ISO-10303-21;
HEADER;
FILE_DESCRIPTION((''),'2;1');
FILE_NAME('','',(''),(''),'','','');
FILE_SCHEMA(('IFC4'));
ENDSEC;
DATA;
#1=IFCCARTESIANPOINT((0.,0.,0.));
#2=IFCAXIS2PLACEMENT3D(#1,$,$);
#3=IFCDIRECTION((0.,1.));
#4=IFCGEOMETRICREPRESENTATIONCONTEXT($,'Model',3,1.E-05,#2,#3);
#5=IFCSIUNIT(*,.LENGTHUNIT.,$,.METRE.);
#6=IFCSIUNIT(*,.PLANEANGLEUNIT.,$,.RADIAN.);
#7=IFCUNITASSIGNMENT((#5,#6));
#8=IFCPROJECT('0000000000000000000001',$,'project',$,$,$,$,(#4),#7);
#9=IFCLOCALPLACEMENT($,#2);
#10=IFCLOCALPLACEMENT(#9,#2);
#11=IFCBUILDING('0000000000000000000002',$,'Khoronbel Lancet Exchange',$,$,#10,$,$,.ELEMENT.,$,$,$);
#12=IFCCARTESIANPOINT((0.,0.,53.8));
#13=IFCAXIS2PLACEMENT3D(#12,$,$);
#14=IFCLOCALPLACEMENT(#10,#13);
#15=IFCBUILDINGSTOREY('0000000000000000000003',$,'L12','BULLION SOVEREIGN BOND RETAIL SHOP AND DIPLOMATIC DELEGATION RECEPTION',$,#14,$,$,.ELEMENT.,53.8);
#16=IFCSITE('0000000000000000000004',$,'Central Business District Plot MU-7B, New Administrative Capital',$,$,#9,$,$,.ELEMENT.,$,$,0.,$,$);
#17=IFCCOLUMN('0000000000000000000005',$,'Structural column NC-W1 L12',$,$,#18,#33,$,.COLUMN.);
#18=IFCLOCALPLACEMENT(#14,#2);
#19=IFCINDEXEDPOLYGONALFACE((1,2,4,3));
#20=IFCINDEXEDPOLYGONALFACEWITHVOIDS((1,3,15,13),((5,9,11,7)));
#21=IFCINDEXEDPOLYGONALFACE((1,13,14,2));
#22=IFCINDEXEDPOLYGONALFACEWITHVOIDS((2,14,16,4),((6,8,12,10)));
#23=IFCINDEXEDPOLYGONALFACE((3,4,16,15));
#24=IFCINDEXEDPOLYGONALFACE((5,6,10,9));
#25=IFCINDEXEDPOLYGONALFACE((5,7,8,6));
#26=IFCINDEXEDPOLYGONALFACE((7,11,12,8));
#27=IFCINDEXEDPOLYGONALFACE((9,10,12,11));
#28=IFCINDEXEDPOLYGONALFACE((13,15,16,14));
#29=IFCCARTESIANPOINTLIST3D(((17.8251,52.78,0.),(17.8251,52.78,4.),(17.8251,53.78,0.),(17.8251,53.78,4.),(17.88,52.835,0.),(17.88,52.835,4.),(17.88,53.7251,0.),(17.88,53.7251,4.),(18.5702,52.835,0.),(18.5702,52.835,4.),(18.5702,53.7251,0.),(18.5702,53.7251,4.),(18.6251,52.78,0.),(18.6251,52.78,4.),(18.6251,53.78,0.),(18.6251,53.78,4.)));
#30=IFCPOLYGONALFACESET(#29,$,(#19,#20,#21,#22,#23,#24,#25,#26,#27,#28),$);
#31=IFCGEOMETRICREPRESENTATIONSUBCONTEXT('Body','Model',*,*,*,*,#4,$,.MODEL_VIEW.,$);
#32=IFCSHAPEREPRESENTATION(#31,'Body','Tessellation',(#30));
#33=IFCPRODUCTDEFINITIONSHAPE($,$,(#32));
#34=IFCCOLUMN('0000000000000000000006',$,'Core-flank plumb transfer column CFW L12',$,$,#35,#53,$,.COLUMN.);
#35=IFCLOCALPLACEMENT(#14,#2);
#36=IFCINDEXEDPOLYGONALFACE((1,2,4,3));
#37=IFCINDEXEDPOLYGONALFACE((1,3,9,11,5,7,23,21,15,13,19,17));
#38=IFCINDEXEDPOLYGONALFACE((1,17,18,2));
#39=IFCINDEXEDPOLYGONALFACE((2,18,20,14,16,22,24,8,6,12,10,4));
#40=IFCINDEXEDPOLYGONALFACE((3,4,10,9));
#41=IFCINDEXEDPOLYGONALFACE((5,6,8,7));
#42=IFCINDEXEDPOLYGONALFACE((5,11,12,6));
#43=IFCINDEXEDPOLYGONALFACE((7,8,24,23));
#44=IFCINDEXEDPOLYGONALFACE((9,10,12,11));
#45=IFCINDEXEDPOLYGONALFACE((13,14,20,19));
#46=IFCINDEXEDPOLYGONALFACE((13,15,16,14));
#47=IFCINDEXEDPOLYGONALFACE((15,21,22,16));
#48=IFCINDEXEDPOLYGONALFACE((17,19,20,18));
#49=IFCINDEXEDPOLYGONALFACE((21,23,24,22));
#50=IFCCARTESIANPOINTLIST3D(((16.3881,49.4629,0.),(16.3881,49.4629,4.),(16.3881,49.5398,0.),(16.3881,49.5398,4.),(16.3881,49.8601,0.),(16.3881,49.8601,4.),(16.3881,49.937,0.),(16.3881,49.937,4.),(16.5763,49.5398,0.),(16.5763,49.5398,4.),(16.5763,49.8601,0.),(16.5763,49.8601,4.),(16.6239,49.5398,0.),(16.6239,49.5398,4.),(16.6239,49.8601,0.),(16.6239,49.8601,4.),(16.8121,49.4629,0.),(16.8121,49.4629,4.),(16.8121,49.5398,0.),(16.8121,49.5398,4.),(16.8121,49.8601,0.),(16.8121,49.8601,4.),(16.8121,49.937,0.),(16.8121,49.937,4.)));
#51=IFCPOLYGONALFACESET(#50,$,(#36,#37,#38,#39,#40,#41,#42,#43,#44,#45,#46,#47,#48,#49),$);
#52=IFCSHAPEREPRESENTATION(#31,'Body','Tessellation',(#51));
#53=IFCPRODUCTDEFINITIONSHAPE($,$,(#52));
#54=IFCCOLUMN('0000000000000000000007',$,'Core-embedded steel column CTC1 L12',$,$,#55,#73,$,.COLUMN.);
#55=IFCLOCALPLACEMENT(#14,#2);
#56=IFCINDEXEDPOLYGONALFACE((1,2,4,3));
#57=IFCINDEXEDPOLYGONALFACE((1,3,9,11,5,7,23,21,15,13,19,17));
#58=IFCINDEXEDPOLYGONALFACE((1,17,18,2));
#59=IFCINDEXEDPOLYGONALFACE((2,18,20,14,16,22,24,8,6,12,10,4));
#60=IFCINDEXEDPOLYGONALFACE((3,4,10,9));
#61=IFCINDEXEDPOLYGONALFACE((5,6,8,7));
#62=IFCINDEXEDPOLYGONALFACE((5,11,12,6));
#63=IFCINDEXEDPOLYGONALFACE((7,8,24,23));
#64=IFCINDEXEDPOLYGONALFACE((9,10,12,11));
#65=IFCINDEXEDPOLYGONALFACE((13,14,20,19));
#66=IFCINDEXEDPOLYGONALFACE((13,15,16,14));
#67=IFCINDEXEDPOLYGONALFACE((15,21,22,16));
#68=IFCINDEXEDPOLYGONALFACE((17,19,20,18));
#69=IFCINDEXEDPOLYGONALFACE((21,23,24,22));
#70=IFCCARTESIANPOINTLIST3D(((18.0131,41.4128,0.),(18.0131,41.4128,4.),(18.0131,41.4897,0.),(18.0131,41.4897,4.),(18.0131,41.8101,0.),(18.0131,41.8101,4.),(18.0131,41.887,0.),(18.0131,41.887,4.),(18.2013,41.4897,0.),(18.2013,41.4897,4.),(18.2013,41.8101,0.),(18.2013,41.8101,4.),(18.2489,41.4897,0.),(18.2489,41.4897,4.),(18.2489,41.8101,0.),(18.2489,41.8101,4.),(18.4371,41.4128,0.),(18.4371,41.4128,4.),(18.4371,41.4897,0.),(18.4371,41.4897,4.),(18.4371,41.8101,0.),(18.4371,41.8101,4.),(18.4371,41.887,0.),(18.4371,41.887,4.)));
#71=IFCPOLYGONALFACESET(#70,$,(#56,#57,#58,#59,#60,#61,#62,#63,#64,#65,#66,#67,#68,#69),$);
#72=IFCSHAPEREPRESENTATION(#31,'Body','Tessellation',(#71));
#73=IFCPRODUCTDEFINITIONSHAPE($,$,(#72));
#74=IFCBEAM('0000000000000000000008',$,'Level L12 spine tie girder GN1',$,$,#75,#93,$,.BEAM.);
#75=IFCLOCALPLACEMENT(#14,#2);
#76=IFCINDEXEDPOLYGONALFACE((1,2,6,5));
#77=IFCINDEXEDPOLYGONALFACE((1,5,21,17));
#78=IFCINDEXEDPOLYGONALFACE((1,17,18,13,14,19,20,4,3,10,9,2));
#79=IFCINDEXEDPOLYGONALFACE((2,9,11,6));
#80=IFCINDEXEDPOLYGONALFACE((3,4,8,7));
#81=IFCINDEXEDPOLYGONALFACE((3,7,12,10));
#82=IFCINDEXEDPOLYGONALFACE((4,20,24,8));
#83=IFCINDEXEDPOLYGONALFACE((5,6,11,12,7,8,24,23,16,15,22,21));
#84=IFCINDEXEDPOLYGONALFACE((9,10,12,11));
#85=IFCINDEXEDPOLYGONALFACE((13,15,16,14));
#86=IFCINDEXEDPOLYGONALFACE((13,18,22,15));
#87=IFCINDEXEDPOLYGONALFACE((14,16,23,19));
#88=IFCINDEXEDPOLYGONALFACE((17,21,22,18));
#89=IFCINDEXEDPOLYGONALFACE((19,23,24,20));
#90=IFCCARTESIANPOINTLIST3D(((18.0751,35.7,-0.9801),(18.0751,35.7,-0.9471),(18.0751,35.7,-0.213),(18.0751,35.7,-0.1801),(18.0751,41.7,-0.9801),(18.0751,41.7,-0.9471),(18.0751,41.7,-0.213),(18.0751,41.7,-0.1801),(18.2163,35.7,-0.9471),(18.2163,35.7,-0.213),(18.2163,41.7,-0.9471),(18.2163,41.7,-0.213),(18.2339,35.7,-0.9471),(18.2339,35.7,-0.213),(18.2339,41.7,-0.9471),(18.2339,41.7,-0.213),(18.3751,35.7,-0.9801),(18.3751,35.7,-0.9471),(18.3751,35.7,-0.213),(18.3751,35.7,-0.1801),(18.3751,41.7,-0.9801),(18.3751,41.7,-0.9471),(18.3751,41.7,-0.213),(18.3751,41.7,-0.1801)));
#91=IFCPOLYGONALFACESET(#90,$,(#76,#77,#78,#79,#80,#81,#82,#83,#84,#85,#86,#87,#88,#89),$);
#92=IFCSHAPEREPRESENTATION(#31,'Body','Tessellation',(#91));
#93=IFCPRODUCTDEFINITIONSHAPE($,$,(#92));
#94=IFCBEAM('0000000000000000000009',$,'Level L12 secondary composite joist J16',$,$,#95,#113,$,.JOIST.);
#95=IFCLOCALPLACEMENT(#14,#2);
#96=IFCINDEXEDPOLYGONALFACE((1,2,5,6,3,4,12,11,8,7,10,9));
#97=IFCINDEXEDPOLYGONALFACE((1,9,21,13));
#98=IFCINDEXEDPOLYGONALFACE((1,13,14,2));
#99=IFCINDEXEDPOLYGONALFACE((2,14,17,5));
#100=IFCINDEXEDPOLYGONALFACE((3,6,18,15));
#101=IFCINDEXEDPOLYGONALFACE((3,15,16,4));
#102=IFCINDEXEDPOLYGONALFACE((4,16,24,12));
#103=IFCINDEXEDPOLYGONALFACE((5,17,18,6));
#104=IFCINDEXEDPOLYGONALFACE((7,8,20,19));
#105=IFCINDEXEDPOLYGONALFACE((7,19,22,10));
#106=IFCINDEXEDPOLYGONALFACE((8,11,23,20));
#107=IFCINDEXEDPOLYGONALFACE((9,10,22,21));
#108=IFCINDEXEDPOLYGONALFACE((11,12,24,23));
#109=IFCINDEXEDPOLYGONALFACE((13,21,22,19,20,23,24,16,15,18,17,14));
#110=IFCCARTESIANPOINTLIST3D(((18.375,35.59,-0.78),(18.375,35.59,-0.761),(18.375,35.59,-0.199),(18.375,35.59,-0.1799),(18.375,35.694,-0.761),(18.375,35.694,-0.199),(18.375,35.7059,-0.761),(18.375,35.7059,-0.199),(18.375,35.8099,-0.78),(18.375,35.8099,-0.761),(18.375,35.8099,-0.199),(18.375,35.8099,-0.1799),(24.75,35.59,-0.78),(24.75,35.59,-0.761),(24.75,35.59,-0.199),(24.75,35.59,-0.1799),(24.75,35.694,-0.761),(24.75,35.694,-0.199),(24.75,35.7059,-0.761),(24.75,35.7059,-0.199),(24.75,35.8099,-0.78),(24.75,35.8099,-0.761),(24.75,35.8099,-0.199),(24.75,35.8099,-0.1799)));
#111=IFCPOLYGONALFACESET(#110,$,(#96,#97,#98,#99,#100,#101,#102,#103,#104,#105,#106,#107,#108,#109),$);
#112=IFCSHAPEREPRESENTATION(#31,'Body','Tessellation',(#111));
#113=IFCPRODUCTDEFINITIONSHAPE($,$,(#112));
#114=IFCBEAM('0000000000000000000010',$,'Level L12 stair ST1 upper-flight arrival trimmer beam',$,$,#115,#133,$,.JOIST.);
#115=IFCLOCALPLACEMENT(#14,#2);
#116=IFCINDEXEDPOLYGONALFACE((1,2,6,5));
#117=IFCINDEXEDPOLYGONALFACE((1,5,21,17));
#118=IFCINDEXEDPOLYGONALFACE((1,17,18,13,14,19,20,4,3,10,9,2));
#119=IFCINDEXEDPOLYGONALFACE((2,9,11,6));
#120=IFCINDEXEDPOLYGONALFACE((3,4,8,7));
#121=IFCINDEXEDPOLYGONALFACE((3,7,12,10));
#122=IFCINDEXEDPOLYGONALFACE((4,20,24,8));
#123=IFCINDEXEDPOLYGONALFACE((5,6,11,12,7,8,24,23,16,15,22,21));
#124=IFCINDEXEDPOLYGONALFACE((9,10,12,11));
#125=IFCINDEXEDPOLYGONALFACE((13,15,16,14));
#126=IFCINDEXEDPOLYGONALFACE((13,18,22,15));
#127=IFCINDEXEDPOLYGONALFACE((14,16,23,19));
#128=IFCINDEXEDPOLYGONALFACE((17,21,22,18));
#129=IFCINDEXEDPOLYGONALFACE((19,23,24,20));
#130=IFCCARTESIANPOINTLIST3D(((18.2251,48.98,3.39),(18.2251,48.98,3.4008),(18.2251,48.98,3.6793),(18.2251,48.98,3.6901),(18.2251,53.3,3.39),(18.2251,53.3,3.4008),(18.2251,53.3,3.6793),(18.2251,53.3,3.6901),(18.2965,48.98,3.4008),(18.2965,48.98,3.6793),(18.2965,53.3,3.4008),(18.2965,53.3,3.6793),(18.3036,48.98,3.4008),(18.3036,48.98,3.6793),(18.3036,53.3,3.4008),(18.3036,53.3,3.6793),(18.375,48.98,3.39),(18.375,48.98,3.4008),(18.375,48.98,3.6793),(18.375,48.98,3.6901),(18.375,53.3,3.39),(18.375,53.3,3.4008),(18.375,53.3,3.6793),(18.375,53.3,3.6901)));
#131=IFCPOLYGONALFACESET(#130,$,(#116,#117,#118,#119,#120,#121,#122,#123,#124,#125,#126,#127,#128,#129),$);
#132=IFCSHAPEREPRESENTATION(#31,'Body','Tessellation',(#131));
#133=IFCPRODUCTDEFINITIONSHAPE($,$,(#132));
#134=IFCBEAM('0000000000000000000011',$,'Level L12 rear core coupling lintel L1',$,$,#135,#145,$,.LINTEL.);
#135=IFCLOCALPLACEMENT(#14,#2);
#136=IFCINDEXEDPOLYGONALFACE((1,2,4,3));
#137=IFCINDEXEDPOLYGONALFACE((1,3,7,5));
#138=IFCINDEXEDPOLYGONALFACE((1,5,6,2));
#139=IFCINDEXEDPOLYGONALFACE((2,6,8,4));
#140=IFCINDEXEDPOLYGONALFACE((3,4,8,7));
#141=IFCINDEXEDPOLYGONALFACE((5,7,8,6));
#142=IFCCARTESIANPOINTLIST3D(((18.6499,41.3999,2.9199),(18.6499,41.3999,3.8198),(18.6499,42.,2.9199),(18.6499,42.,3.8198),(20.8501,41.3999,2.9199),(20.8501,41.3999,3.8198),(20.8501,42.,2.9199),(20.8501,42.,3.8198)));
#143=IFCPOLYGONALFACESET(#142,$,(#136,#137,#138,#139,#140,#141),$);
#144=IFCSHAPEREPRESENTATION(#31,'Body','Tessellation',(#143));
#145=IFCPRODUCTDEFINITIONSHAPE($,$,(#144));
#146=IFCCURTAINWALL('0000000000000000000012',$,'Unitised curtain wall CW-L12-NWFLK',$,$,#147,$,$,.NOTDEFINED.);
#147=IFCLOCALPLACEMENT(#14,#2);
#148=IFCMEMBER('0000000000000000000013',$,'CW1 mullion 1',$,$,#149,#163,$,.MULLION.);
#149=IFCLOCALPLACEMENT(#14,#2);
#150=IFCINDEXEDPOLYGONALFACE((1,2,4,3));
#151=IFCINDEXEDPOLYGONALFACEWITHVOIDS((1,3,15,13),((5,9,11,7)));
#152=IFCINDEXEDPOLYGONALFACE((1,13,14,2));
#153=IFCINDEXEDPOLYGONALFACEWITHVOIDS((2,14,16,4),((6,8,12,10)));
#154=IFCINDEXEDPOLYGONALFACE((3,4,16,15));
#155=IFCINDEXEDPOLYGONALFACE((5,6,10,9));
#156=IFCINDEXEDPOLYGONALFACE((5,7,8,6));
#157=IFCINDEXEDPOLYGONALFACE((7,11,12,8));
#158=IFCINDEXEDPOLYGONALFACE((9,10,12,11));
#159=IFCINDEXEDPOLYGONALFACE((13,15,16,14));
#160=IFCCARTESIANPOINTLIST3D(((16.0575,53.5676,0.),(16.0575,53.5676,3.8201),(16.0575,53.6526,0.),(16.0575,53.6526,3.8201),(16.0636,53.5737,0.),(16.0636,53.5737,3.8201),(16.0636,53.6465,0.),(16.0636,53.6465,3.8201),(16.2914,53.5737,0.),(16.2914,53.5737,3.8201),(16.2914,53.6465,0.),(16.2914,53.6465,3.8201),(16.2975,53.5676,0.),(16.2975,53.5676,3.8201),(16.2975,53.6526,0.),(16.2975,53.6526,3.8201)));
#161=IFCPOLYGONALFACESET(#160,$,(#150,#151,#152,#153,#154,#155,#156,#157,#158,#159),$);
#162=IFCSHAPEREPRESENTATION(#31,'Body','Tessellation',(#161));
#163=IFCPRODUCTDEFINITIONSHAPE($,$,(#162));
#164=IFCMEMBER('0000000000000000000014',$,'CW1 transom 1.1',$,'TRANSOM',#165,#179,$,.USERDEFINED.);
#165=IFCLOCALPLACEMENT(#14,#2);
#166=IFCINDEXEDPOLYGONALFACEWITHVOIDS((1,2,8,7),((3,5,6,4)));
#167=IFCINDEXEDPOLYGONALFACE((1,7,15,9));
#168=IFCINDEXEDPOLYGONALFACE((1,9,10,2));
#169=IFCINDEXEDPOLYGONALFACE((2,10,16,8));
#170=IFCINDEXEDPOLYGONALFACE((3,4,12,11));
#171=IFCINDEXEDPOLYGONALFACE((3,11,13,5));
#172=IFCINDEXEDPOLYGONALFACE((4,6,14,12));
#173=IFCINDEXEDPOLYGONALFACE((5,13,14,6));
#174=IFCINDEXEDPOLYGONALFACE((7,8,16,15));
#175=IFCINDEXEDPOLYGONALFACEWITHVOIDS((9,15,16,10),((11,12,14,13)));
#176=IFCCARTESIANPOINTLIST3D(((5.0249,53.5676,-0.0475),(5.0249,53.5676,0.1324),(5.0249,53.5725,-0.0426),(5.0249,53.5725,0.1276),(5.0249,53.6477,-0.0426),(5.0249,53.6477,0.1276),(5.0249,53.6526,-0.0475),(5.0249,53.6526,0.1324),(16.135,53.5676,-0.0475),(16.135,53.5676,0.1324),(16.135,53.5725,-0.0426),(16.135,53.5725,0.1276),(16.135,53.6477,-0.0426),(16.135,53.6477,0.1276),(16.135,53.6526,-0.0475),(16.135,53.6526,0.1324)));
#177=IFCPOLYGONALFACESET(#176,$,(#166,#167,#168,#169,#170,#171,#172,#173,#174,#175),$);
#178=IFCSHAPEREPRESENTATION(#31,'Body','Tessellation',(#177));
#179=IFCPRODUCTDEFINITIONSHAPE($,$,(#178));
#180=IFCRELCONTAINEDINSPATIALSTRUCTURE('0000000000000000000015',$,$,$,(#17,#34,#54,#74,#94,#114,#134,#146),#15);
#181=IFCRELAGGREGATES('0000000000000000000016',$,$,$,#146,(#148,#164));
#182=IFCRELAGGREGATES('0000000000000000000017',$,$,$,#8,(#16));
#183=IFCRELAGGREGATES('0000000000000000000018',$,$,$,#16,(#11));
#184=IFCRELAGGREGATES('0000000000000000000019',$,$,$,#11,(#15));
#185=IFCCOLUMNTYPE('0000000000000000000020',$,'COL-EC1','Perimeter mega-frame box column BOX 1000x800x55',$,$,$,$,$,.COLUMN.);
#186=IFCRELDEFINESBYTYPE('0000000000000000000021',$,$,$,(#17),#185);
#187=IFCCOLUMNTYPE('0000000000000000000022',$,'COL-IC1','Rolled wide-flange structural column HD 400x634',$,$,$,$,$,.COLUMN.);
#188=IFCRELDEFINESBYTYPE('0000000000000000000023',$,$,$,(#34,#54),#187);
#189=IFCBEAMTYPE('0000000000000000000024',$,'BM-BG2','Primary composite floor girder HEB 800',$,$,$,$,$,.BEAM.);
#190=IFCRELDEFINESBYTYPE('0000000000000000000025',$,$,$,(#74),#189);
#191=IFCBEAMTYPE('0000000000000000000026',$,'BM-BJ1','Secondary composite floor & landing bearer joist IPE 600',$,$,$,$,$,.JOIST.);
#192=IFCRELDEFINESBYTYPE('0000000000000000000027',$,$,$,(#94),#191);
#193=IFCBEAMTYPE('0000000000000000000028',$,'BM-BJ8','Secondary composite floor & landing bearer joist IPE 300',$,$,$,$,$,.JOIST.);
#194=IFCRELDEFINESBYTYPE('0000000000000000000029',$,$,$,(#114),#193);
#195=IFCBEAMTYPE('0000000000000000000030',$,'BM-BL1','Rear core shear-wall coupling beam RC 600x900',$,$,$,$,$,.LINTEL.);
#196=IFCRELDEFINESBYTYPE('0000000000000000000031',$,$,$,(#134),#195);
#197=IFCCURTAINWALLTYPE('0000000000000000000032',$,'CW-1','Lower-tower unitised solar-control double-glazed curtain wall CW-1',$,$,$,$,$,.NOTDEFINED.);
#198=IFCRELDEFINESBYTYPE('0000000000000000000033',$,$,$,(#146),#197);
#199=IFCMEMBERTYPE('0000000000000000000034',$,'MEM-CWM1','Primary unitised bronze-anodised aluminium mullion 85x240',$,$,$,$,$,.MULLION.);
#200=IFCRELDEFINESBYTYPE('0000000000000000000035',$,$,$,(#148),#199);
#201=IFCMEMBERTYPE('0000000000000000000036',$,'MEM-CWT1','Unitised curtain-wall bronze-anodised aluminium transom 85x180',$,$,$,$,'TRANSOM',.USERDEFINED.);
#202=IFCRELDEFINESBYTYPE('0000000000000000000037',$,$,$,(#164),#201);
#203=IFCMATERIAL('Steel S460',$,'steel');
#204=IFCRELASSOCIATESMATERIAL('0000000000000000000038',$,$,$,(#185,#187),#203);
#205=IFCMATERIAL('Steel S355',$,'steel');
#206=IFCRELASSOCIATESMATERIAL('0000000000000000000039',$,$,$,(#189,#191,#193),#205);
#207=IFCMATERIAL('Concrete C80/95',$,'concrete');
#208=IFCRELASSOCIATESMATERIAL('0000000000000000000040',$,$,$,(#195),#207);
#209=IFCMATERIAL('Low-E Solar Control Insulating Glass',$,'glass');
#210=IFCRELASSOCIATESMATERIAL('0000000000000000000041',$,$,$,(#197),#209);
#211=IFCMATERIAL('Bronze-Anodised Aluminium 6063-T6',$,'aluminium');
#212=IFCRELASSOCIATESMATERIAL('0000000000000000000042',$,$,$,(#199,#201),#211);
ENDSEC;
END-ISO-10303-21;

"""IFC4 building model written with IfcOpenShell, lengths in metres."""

from ifc_helpers import new_model, si_unit, direction, frame, origin, origin_2d, place, context, subcontext, project, spatial, rectangle, hollow_rectangle, i_section, extrude, material, material_profile, profile_set, type_object, element, aggregate, save


model = new_model("IFC4")

# Units and contexts
model_context = context("Model", 3, precision=1e-05, world=origin(), true_north=direction((0.0, 1.0)))
body_context = subcontext(model_context, "Body", "Model", "MODEL_VIEW")
ifc_project = project(units=[si_unit("LENGTHUNIT", "METRE"), si_unit("PLANEANGLEUNIT", "RADIAN")], contexts=[model_context])

# Site, building, storey
site_placement = place(None, origin())
site = spatial("IfcSite", under=ifc_project, at=site_placement, Name="Central Business District Plot MU-7B, New Administrative Capital", CompositionType="ELEMENT", RefElevation=0.0)
building_placement = place(site_placement, origin())
building = spatial("IfcBuilding", under=site, at=building_placement, Name="Khoronbel Lancet Exchange", CompositionType="ELEMENT")
storey_placement = place(building_placement, frame((0.0, 0.0, 53.8)))
storey = spatial("IfcBuildingStorey", under=building, at=storey_placement, Name="L12", Description="BULLION SOVEREIGN BOND RETAIL SHOP AND DIPLOMATIC DELEGATION RECEPTION", CompositionType="ELEMENT", Elevation=53.8)

# Columns
ifc_material_1 = material(Name="Steel S460", Category="steel")
ifc_material_profile_1 = material_profile(ifc_material_1, hollow_rectangle(XDim=0.8, YDim=1.0, WallThickness=0.0549, at=origin_2d()), Name="BOX 1000x800x55")
ifc_profile_set_1 = profile_set([ifc_material_profile_1], Name="Steel S460")
column_type_1 = type_object("IfcColumnType", Name="COL-EC1", Description="Perimeter mega-frame box column BOX 1000x800x55", PredefinedType="COLUMN", material=ifc_profile_set_1)
column_placement = place(storey_placement, frame((18.2251, 53.28, 0.0), z_axis=(0.0, 0.0, 1.0), x_axis=(1.0, 0.0, 0.0)))
element("IfcColumn", 1, at=column_placement, inside=storey, type_object=column_type_1, Name="Structural column NC-W1 L12", PredefinedType="COLUMN", context=body_context, shape_type="SweptSolid", body=[
    extrude(hollow_rectangle(XDim=0.8, YDim=1.0, WallThickness=0.0549, at=origin_2d()), origin(), (0.0, 0.0, 1.0), 4.0),
])
ifc_material_profile_2 = material_profile(ifc_material_1, i_section(OverallWidth=0.4241, OverallDepth=0.4741, WebThickness=0.0476, FlangeThickness=0.0769, at=origin_2d()), Name="HD 400x634")
ifc_profile_set_2 = profile_set([ifc_material_profile_2], Name="Steel S460")
column_type_2 = type_object("IfcColumnType", Name="COL-IC1", Description="Rolled wide-flange structural column HD 400x634", PredefinedType="COLUMN", material=ifc_profile_set_2)
for number, where, z_axis, x_axis, name in (
    (2, (16.6001, 49.7, 0.0), (0.0, 0.0, 1.0), (1.0, 0.0, 0.0), "Core-flank plumb transfer column CFW L12"),
    (3, (18.2251, 41.6499, 0.0), (0.0, 0.0, 1.0), (1.0, 0.0, 0.0), "Core-embedded steel column CTC1 L12"),
):
    element("IfcColumn", number, at=place(storey_placement, frame(where, z_axis=z_axis, x_axis=x_axis)), inside=storey, type_object=column_type_2, Name=name, PredefinedType="COLUMN", context=body_context, shape_type="SweptSolid", body=[
        extrude(i_section(OverallWidth=0.4241, OverallDepth=0.4741, WebThickness=0.0476, FlangeThickness=0.0769, at=origin_2d()), origin(), (0.0, 0.0, 1.0), 4.0),
    ])

# Beams
ifc_material_2 = material(Name="Steel S355", Category="steel")
ifc_material_profile_3 = material_profile(ifc_material_2, i_section(OverallWidth=0.3, OverallDepth=0.8, WebThickness=0.0176, FlangeThickness=0.033, at=origin_2d()), Name="HEB 800")
ifc_profile_set_3 = profile_set([ifc_material_profile_3], Name="Steel S355")
beam_type_1 = type_object("IfcBeamType", Name="BM-BG2", Description="Primary composite floor girder HEB 800", PredefinedType="BEAM", material=ifc_profile_set_3)
beam_1_placement = place(storey_placement, frame((18.2251, 35.7, -0.5801), z_axis=(0.0, 1.0, 0.0), x_axis=(-1.0, 0.0, 0.0)))
element("IfcBeam", 4, at=beam_1_placement, inside=storey, type_object=beam_type_1, Name="Level L12 spine tie girder GN1", PredefinedType="BEAM", context=body_context, shape_type="SweptSolid", body=[
    extrude(i_section(OverallWidth=0.3, OverallDepth=0.8, WebThickness=0.0176, FlangeThickness=0.033, at=origin_2d()), origin(), (0.0, 0.0, 1.0), 6.0),
])
ifc_material_profile_4 = material_profile(ifc_material_2, i_section(OverallWidth=0.22, OverallDepth=0.6001, WebThickness=0.012, FlangeThickness=0.019, at=origin_2d()), Name="IPE 600")
ifc_profile_set_4 = profile_set([ifc_material_profile_4], Name="Steel S355")
beam_type_2 = type_object("IfcBeamType", Name="BM-BJ1", Description="Secondary composite floor & landing bearer joist IPE 600", PredefinedType="JOIST", material=ifc_profile_set_4)
beam_2_placement = place(storey_placement, frame((18.375, 35.7, -0.48), z_axis=(1.0, 0.0, 0.0), x_axis=(0.0, 1.0, 0.0)))
element("IfcBeam", 5, at=beam_2_placement, inside=storey, type_object=beam_type_2, Name="Level L12 secondary composite joist J16", PredefinedType="JOIST", context=body_context, shape_type="SweptSolid", body=[
    extrude(i_section(OverallWidth=0.22, OverallDepth=0.6001, WebThickness=0.012, FlangeThickness=0.019, at=origin_2d()), origin(), (0.0, 0.0, 1.0), 6.375),
])
ifc_material_profile_5 = material_profile(ifc_material_2, i_section(OverallWidth=0.1499, OverallDepth=0.3, WebThickness=0.0071, FlangeThickness=0.0107, at=origin_2d()), Name="IPE 300")
ifc_profile_set_5 = profile_set([ifc_material_profile_5], Name="Steel S355")
beam_type_3 = type_object("IfcBeamType", Name="BM-BJ8", Description="Secondary composite floor & landing bearer joist IPE 300", PredefinedType="JOIST", material=ifc_profile_set_5)
beam_3_placement = place(storey_placement, frame((18.3, 48.98, 3.54), z_axis=(0.0, 1.0, 0.0), x_axis=(-1.0, 0.0, 0.0)))
element("IfcBeam", 6, at=beam_3_placement, inside=storey, type_object=beam_type_3, Name="Level L12 stair ST1 upper-flight arrival trimmer beam", PredefinedType="JOIST", context=body_context, shape_type="SweptSolid", body=[
    extrude(i_section(OverallWidth=0.1499, OverallDepth=0.3, WebThickness=0.0071, FlangeThickness=0.0107, at=origin_2d()), origin(), (0.0, 0.0, 1.0), 4.3201),
])
ifc_material_3 = material(Name="Concrete C80/95", Category="concrete")
ifc_material_profile_6 = material_profile(ifc_material_3, rectangle(XDim=0.6001, YDim=0.8999, at=origin_2d()), Name="RC 600x900")
ifc_profile_set_6 = profile_set([ifc_material_profile_6], Name="Concrete C80/95")
beam_type_4 = type_object("IfcBeamType", Name="BM-BL1", Description="Rear core shear-wall coupling beam RC 600x900", PredefinedType="LINTEL", material=ifc_profile_set_6)
beam_4_placement = place(storey_placement, frame((18.6499, 41.7, 3.3699), z_axis=(1.0, 0.0, 0.0), x_axis=(0.0, 1.0, 0.0)))
element("IfcBeam", 7, at=beam_4_placement, inside=storey, type_object=beam_type_4, Name="Level L12 rear core coupling lintel L1", PredefinedType="LINTEL", context=body_context, shape_type="SweptSolid", body=[
    extrude(rectangle(XDim=0.6001, YDim=0.8999, at=origin_2d()), origin(), (0.0, 0.0, 1.0), 2.2002),
])

# Curtain wall, members
ifc_material_4 = material(Name="Low-E Solar Control Insulating Glass", Category="glass")
curtain_wall_type = type_object("IfcCurtainWallType", Name="CW-1", Description="Lower-tower unitised solar-control double-glazed curtain wall CW-1", PredefinedType="NOTDEFINED", material=ifc_material_4)
curtain_wall_placement = place(storey_placement, origin())
curtain_wall = element("IfcCurtainWall", 8, at=curtain_wall_placement, inside=storey, type_object=curtain_wall_type, Name="Unitised curtain wall CW-L12-NWFLK", PredefinedType="NOTDEFINED")
ifc_material_5 = material(Name="Bronze-Anodised Aluminium 6063-T6", Category="aluminium")
ifc_material_profile_7 = material_profile(ifc_material_5, hollow_rectangle(XDim=0.085, YDim=0.24, WallThickness=0.0061, at=origin_2d()), Name="ALU MULLION 85x240")
ifc_profile_set_7 = profile_set([ifc_material_profile_7], Name="Bronze-Anodised Aluminium 6063-T6")
member_type_1 = type_object("IfcMemberType", Name="MEM-CWM1", Description="Primary unitised bronze-anodised aluminium mullion 85x240", PredefinedType="MULLION", material=ifc_profile_set_7)
member_1_placement = place(storey_placement, frame((16.1775, 53.6101, 0.0), z_axis=(0.0, 0.0, 1.0), x_axis=(0.0, -1.0, 0.0)))
member_1 = element("IfcMember", 9, at=member_1_placement, type_object=member_type_1, Name="CW1 mullion 1", PredefinedType="MULLION", context=body_context, shape_type="SweptSolid", body=[
    extrude(hollow_rectangle(XDim=0.085, YDim=0.24, WallThickness=0.0061, at=origin_2d()), origin(), (0.0, 0.0, 1.0), 3.8201),
])
ifc_material_profile_8 = material_profile(ifc_material_5, hollow_rectangle(XDim=0.085, YDim=0.1799, WallThickness=0.0049, at=origin_2d()), Name="ALU TRANSOM 85x180")
ifc_profile_set_8 = profile_set([ifc_material_profile_8], Name="Bronze-Anodised Aluminium 6063-T6")
member_type_2 = type_object("IfcMemberType", Name="MEM-CWT1", Description="Unitised curtain-wall bronze-anodised aluminium transom 85x180", ElementType="TRANSOM", PredefinedType="USERDEFINED", material=ifc_profile_set_8)
member_2_placement = place(storey_placement, frame((16.135, 53.6101, 0.0425), z_axis=(-1.0, 0.0, 0.0), x_axis=(0.0, -1.0, 0.0)))
member_2 = element("IfcMember", 10, at=member_2_placement, type_object=member_type_2, Name="CW1 transom 1.1", ObjectType="TRANSOM", PredefinedType="USERDEFINED", context=body_context, shape_type="SweptSolid", body=[
    extrude(hollow_rectangle(XDim=0.085, YDim=0.1799, WallThickness=0.0049, at=origin_2d()), origin(), (0.0, 0.0, 1.0), 11.1101),
])
aggregate(curtain_wall, [member_1, member_2])

save(model, "model.ifc")
